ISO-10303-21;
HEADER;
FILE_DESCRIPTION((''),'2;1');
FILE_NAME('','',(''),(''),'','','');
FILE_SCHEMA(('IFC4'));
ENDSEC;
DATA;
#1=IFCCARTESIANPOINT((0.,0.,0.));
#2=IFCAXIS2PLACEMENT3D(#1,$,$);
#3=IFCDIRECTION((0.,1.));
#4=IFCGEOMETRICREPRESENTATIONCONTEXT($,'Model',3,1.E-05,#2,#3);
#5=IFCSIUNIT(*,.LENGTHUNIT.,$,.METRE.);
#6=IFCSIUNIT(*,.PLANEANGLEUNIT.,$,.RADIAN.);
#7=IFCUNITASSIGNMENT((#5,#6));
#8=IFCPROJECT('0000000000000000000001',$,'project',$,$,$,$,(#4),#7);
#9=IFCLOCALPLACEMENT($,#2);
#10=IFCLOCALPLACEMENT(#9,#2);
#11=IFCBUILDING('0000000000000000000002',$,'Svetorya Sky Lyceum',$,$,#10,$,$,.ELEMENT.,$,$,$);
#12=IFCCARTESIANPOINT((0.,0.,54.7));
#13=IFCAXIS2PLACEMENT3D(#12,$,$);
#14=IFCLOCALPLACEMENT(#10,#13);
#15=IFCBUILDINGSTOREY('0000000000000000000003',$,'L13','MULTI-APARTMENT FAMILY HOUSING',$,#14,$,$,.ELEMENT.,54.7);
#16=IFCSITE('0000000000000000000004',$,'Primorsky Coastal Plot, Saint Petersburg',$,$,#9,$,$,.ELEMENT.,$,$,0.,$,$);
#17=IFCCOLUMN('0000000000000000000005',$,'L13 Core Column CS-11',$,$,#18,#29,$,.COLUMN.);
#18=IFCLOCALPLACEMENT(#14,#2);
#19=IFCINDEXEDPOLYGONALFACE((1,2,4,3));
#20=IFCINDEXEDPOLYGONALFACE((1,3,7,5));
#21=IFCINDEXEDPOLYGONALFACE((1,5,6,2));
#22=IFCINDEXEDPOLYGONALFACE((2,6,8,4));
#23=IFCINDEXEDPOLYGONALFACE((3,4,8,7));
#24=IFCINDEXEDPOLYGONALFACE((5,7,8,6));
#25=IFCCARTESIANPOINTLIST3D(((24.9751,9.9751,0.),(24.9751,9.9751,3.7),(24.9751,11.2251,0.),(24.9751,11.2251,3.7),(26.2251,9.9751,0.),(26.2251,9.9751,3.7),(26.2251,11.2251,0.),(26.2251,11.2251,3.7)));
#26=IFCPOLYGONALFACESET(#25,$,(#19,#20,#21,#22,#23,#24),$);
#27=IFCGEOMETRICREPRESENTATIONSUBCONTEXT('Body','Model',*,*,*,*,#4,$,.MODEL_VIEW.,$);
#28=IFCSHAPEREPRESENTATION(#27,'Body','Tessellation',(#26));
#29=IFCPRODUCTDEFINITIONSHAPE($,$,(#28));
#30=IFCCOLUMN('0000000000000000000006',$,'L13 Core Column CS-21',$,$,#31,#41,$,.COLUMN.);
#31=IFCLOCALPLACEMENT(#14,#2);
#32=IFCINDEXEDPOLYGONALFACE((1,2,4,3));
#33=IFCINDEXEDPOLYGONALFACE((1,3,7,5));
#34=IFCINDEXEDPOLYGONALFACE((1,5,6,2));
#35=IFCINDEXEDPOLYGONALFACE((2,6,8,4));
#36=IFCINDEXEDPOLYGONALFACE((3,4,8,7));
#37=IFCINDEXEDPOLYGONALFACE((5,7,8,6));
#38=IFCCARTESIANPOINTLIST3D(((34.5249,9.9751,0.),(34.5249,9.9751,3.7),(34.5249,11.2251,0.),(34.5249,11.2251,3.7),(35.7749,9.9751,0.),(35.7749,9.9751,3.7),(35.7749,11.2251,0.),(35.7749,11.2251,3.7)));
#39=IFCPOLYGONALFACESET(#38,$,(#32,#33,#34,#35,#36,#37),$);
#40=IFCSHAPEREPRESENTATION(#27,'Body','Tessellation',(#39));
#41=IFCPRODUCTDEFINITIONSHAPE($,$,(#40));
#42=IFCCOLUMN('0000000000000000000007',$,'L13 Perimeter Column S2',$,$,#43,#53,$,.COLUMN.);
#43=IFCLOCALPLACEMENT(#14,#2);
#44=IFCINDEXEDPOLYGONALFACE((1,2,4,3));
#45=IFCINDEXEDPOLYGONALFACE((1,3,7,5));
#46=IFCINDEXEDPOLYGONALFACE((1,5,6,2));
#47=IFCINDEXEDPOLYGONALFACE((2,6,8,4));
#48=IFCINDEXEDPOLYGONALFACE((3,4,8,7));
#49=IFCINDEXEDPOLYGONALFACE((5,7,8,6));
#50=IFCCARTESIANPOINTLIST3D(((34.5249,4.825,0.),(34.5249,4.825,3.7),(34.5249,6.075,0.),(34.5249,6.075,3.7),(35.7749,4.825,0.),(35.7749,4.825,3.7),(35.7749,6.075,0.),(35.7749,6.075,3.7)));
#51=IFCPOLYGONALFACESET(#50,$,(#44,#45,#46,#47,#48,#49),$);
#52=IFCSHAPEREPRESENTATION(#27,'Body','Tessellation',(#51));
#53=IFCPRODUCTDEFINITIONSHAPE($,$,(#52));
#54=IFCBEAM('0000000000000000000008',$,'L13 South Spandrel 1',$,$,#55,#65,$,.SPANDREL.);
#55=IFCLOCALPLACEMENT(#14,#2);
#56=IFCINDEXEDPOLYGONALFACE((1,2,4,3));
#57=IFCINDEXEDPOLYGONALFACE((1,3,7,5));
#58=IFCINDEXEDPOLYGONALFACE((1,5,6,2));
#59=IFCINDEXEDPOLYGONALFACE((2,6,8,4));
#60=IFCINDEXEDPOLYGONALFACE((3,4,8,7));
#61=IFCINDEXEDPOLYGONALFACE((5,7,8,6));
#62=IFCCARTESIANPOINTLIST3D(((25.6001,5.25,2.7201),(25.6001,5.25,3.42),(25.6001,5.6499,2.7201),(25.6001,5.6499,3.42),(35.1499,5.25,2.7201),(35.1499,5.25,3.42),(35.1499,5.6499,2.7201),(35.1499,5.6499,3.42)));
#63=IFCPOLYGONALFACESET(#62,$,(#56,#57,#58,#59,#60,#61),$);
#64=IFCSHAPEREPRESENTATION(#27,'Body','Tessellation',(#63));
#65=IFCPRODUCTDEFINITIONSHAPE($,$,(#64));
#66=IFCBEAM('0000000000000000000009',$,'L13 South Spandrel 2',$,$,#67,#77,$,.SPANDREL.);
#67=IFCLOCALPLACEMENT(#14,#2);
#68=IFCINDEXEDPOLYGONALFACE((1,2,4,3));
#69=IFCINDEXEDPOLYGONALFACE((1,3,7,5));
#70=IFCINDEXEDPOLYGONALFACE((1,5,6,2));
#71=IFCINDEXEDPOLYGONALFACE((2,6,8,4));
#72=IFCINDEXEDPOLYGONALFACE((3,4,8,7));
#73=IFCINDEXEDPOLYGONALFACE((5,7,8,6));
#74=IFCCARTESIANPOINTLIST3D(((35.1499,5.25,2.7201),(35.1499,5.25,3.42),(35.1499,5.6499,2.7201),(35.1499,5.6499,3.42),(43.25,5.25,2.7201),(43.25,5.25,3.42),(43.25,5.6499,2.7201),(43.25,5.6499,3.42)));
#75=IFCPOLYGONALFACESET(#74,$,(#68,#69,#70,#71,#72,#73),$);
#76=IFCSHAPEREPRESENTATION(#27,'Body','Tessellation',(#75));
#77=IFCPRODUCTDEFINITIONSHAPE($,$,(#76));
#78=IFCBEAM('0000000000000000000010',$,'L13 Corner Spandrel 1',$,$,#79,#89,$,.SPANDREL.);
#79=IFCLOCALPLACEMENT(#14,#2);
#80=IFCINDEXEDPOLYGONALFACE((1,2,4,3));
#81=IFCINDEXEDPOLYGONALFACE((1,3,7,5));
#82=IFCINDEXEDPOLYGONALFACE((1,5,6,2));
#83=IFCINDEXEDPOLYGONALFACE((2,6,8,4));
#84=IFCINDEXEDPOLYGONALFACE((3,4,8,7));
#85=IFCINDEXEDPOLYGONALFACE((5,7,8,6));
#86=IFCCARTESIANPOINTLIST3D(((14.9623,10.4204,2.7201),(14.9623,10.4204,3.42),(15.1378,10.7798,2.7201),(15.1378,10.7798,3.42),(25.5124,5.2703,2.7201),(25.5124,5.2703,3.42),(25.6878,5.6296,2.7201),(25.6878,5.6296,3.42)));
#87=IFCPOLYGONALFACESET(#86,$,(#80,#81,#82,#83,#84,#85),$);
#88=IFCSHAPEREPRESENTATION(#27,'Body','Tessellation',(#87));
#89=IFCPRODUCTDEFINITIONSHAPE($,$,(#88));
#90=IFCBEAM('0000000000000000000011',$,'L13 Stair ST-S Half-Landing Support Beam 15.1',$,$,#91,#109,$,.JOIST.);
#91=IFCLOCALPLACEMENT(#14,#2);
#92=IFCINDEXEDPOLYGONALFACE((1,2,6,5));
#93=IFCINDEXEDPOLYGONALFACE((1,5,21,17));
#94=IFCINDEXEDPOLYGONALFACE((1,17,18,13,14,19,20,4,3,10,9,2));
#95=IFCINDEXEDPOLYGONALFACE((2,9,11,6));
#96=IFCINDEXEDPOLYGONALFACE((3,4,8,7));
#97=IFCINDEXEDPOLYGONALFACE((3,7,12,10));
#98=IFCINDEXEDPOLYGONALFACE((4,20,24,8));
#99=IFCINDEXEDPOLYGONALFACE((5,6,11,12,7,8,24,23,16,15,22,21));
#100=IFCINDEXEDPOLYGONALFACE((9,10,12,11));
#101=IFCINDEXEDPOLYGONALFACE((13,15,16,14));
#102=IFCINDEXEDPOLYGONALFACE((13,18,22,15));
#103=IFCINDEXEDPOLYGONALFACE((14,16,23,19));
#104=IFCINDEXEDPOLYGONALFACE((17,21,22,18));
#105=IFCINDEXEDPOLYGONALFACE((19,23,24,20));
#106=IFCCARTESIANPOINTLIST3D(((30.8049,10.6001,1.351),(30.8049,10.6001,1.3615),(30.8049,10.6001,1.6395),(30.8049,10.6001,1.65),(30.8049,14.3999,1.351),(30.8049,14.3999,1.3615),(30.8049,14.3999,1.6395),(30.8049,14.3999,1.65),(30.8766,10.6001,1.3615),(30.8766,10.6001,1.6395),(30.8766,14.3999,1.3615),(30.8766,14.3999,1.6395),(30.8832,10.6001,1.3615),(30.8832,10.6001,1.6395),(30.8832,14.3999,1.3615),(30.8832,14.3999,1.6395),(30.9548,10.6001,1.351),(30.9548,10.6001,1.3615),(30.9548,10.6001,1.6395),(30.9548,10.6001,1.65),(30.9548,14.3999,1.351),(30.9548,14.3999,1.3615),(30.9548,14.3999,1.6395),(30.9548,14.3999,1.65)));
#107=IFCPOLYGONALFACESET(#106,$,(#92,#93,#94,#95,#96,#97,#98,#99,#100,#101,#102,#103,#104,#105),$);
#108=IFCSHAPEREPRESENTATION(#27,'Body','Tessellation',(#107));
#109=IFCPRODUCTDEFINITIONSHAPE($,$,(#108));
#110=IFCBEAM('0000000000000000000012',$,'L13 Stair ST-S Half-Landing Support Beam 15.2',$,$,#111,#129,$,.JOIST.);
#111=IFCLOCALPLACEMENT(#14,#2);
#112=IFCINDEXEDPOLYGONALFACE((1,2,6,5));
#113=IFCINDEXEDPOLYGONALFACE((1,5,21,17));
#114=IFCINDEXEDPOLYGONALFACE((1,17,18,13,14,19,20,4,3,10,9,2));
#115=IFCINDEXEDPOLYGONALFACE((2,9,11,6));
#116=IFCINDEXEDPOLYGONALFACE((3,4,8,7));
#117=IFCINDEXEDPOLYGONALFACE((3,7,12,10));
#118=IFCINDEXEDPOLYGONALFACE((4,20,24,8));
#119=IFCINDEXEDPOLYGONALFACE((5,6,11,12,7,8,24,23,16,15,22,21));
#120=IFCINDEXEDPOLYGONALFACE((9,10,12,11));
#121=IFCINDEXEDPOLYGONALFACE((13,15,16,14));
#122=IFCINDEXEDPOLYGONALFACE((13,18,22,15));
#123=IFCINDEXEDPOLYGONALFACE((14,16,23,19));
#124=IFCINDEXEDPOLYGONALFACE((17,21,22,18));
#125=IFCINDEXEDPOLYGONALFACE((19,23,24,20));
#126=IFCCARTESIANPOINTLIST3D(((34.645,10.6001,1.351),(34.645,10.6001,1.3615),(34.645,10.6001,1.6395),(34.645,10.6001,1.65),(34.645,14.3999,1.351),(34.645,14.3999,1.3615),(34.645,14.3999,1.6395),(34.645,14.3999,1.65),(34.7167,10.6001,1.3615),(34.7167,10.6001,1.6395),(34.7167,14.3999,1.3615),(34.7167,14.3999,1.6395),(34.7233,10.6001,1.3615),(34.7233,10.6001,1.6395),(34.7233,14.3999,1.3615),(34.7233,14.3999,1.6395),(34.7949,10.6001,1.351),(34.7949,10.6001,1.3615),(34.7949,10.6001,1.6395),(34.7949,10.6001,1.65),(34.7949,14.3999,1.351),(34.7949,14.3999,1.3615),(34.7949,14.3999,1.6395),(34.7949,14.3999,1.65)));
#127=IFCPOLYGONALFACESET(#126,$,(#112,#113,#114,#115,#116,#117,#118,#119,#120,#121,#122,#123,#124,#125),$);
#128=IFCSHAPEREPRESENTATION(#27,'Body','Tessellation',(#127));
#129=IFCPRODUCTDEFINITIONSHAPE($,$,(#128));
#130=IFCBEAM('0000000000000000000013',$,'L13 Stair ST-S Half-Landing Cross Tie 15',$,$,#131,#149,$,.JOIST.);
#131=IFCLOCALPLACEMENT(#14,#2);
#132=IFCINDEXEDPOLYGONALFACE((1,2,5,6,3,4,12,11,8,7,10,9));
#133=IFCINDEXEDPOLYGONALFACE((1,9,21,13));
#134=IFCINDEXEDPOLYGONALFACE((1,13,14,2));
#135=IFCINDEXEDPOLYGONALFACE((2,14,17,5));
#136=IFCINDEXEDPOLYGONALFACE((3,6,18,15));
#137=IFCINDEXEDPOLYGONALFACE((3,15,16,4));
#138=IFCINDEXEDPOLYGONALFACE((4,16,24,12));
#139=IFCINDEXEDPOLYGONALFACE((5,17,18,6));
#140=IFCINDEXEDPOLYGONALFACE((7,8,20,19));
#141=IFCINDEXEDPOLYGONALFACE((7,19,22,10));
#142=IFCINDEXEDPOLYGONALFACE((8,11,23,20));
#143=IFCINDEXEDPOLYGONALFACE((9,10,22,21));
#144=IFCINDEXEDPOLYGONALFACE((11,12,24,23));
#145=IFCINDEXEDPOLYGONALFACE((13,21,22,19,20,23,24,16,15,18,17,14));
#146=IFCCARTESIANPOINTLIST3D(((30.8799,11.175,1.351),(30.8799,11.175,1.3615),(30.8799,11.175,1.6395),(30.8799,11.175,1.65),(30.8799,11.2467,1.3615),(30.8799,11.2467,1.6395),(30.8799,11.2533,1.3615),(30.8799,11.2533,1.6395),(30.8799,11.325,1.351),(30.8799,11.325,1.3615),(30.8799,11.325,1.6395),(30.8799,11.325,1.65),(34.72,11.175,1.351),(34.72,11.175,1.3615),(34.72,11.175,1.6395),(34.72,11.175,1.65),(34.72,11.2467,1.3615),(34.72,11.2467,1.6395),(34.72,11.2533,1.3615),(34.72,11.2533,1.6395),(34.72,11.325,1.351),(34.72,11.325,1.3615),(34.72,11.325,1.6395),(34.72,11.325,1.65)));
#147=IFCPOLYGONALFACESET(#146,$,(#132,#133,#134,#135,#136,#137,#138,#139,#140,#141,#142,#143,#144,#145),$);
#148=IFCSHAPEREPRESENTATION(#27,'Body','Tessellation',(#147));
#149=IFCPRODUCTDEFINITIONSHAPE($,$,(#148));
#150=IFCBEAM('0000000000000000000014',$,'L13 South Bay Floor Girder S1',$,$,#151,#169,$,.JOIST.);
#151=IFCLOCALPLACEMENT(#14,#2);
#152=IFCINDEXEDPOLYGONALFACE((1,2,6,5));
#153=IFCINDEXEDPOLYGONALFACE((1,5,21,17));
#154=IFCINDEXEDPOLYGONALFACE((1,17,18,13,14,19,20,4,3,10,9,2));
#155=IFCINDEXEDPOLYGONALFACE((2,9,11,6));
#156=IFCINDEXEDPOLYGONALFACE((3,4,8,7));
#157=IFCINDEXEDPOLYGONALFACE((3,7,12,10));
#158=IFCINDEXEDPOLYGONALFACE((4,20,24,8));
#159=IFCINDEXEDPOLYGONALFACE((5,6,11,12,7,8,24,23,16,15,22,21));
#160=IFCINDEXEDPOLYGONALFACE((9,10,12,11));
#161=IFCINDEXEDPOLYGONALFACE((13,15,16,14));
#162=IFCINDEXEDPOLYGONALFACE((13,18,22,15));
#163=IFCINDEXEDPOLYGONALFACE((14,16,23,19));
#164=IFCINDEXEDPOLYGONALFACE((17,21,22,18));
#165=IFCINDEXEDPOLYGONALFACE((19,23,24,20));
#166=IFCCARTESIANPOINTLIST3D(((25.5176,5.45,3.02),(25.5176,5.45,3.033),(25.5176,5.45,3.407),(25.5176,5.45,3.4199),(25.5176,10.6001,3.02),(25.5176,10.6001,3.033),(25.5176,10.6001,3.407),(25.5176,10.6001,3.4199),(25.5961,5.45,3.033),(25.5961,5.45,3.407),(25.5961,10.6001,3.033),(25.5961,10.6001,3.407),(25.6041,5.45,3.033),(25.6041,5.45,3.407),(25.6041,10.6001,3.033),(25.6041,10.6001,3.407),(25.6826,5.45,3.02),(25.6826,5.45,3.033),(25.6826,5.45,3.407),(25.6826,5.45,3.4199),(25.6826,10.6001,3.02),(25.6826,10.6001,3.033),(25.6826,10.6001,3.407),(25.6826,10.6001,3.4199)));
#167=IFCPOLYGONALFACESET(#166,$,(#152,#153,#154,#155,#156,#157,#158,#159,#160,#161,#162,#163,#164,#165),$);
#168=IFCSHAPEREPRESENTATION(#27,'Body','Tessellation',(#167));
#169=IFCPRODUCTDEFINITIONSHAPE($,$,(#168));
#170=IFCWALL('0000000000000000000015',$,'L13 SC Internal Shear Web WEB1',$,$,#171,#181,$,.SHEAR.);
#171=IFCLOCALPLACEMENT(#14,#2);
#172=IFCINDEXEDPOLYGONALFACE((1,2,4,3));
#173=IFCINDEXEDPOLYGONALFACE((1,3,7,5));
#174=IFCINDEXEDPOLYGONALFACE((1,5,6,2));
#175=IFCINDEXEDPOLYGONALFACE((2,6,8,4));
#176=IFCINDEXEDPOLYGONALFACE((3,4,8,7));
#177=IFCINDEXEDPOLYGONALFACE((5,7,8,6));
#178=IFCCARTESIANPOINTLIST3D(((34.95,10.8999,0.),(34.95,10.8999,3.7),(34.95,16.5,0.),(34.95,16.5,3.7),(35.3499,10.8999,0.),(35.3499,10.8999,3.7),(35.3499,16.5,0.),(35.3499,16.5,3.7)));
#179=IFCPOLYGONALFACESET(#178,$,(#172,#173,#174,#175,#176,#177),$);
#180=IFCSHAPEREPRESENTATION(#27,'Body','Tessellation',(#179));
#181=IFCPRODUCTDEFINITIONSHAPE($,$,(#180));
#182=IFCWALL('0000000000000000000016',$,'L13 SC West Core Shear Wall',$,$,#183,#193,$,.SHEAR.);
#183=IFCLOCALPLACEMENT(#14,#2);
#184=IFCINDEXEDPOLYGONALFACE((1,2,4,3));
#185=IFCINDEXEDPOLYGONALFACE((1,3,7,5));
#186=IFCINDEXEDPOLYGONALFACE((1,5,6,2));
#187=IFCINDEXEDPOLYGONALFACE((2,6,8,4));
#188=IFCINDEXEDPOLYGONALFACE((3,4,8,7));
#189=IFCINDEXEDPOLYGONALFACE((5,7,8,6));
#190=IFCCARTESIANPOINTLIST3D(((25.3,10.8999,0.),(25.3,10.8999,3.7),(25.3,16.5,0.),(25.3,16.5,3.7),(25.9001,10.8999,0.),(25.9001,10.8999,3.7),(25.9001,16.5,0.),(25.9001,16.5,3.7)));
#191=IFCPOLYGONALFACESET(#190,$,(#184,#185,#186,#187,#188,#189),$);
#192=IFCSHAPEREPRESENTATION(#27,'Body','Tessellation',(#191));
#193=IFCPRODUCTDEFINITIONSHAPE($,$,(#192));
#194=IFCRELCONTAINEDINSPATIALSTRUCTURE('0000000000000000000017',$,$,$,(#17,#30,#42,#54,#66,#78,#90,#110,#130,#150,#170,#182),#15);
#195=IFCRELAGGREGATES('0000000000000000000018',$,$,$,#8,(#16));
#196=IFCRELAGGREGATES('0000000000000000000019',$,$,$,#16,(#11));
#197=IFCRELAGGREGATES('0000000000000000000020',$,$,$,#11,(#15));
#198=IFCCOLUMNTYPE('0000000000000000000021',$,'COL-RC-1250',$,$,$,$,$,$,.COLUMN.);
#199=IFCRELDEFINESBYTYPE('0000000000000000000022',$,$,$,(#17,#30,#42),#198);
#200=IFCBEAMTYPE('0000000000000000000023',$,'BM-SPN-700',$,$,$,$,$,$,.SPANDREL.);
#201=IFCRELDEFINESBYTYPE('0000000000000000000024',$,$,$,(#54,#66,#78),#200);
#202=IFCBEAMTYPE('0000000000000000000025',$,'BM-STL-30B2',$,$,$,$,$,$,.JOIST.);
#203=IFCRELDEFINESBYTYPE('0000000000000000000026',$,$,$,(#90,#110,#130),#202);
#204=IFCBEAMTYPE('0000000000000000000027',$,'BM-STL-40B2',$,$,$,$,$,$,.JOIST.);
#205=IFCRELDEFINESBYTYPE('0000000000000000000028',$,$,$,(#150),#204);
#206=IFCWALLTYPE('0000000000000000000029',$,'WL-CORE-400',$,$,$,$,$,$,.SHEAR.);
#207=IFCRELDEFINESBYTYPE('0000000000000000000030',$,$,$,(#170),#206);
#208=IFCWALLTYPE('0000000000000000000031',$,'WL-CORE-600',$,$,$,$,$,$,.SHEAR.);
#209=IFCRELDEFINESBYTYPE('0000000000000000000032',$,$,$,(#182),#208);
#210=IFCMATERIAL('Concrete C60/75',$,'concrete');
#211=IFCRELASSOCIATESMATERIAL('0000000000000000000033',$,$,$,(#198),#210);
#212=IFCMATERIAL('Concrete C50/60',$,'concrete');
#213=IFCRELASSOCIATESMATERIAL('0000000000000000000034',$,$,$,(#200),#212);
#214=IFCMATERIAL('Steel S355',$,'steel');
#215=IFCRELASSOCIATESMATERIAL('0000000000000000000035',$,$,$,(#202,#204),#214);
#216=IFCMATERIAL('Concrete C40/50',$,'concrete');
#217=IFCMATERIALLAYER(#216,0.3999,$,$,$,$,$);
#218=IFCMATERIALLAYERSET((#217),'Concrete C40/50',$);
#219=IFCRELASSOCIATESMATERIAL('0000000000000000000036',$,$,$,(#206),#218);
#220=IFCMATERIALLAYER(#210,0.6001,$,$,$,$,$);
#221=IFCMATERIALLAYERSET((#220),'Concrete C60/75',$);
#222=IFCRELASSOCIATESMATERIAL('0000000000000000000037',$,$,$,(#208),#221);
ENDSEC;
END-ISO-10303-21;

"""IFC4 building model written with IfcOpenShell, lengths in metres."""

from ifc_helpers import new_model, si_unit, direction, frame, frame_2d, origin, origin_2d, place, context, subcontext, project, spatial, rectangle, i_section, extrude, material, layer, layer_set, material_profile, profile_set, type_object, element, save


model = new_model("IFC4")

# Units and contexts
model_context = context("Model", 3, precision=1e-05, world=origin(), true_north=direction((0.0, 1.0)))
body_context = subcontext(model_context, "Body", "Model", "MODEL_VIEW")
ifc_project = project(units=[si_unit("LENGTHUNIT", "METRE"), si_unit("PLANEANGLEUNIT", "RADIAN")], contexts=[model_context])

# Site, building, storey
site_placement = place(None, origin())
site = spatial("IfcSite", under=ifc_project, at=site_placement, Name="Primorsky Coastal Plot, Saint Petersburg", CompositionType="ELEMENT", RefElevation=0.0)
building_placement = place(site_placement, origin())
building = spatial("IfcBuilding", under=site, at=building_placement, Name="Svetorya Sky Lyceum", CompositionType="ELEMENT")
storey_placement = place(building_placement, frame((0.0, 0.0, 54.7)))
storey = spatial("IfcBuildingStorey", under=building, at=storey_placement, Name="L13", Description="MULTI-APARTMENT FAMILY HOUSING", CompositionType="ELEMENT", Elevation=54.7)

# Columns
ifc_material_1 = material(Name="Concrete C60/75", Category="concrete")
ifc_material_profile_1 = material_profile(ifc_material_1, rectangle(XDim=1.25, YDim=1.25, at=origin_2d()), Name="RC COL 1250x1250")
ifc_profile_set_1 = profile_set([ifc_material_profile_1], Name="Concrete C60/75")
column_type = type_object("IfcColumnType", Name="COL-RC-1250", PredefinedType="COLUMN", material=ifc_profile_set_1)
for number, where, z_axis, x_axis, name in (
    (1, (25.6001, 10.6001, 0.0), (0.0, 0.0, 1.0), (1.0, 0.0, 0.0), "L13 Core Column CS-11"),
    (2, (35.1499, 10.6001, 0.0), (0.0, 0.0, 1.0), (1.0, 0.0, 0.0), "L13 Core Column CS-21"),
    (3, (35.1499, 5.45, 0.0), (0.0, 0.0, 1.0), (1.0, 0.0, 0.0), "L13 Perimeter Column S2"),
):
    element("IfcColumn", number, at=place(storey_placement, frame(where, z_axis=z_axis, x_axis=x_axis)), inside=storey, type_object=column_type, Name=name, PredefinedType="COLUMN", context=body_context, shape_type="SweptSolid", body=[
        extrude(rectangle(XDim=1.25, YDim=1.25, at=origin_2d()), origin(), (0.0, 0.0, 1.0), 3.7),
    ])

# Beams
ifc_material_2 = material(Name="Concrete C50/60", Category="concrete")
ifc_material_profile_2 = material_profile(ifc_material_2, rectangle(XDim=0.3999, YDim=0.7, at=origin_2d()), Name="RC SPANDREL 400x700")
ifc_profile_set_2 = profile_set([ifc_material_profile_2], Name="Concrete C50/60")
beam_type_1 = type_object("IfcBeamType", Name="BM-SPN-700", PredefinedType="SPANDREL", material=ifc_profile_set_2)
beam_1_placement = place(storey_placement, frame((25.6001, 5.45, 3.0701), z_axis=(1.0, 0.0, 0.0), x_axis=(0.0, 1.0, 0.0)))
element("IfcBeam", 4, at=beam_1_placement, inside=storey, type_object=beam_type_1, Name="L13 South Spandrel 1", PredefinedType="SPANDREL", context=body_context, shape_type="SweptSolid", body=[
    extrude(rectangle(XDim=0.3999, YDim=0.7, at=origin_2d()), origin(), (0.0, 0.0, 1.0), 9.5498),
])
beam_2_placement = place(storey_placement, frame((35.1499, 5.45, 3.0701), z_axis=(1.0, 0.0, 0.0), x_axis=(0.0, 1.0, 0.0)))
element("IfcBeam", 5, at=beam_2_placement, inside=storey, type_object=beam_type_1, Name="L13 South Spandrel 2", PredefinedType="SPANDREL", context=body_context, shape_type="SweptSolid", body=[
    extrude(rectangle(XDim=0.3999, YDim=0.7, at=origin_2d()), origin(), (0.0, 0.0, 1.0), 8.1001),
])
beam_3_placement = place(storey_placement, frame((25.6001, 5.45, 3.0701), z_axis=(-0.898641, 0.438684, 0.0), x_axis=(-0.438684, -0.898641, 0.0)))
element("IfcBeam", 6, at=beam_3_placement, inside=storey, type_object=beam_type_1, Name="L13 Corner Spandrel 1", PredefinedType="SPANDREL", context=body_context, shape_type="SweptSolid", body=[
    extrude(rectangle(XDim=0.3999, YDim=0.7, at=origin_2d()), origin(), (0.0, 0.0, 1.0), 11.74),
])
ifc_material_3 = material(Name="Steel S355", Category="steel")
ifc_material_profile_3 = material_profile(ifc_material_3, i_section(OverallWidth=0.1499, OverallDepth=0.2991, WebThickness=0.0066, FlangeThickness=0.0105, at=origin_2d()), Name="GOST 30B2")
ifc_profile_set_3 = profile_set([ifc_material_profile_3], Name="Steel S355")
beam_type_2 = type_object("IfcBeamType", Name="BM-STL-30B2", PredefinedType="JOIST", material=ifc_profile_set_3)
for number, where, z_axis, x_axis, name in (
    (7, (30.8799, 10.6001, 1.5005), (0.0, 1.0, 0.0), (-1.0, 0.0, 0.0), "L13 Stair ST-S Half-Landing Support Beam 15.1"),
    (8, (34.72, 10.6001, 1.5005), (0.0, 1.0, 0.0), (-1.0, 0.0, 0.0), "L13 Stair ST-S Half-Landing Support Beam 15.2"),
):
    element("IfcBeam", number, at=place(storey_placement, frame(where, z_axis=z_axis, x_axis=x_axis)), inside=storey, type_object=beam_type_2, Name=name, PredefinedType="JOIST", context=body_context, shape_type="SweptSolid", body=[
        extrude(i_section(OverallWidth=0.1499, OverallDepth=0.2991, WebThickness=0.0066, FlangeThickness=0.0105, at=origin_2d()), origin(), (0.0, 0.0, 1.0), 3.7998),
    ])
beam_4_placement = place(storey_placement, frame((30.8799, 11.25, 1.5005), z_axis=(1.0, 0.0, 0.0), x_axis=(0.0, 1.0, 0.0)))
element("IfcBeam", 9, at=beam_4_placement, inside=storey, type_object=beam_type_2, Name="L13 Stair ST-S Half-Landing Cross Tie 15", PredefinedType="JOIST", context=body_context, shape_type="SweptSolid", body=[
    extrude(i_section(OverallWidth=0.1499, OverallDepth=0.2991, WebThickness=0.0066, FlangeThickness=0.0105, at=origin_2d()), origin(), (0.0, 0.0, 1.0), 3.8401),
])
ifc_material_profile_4 = material_profile(ifc_material_3, i_section(OverallWidth=0.165, OverallDepth=0.3999, WebThickness=0.0081, FlangeThickness=0.0129, at=origin_2d()), Name="GOST 40B2")
ifc_profile_set_4 = profile_set([ifc_material_profile_4], Name="Steel S355")
beam_type_3 = type_object("IfcBeamType", Name="BM-STL-40B2", PredefinedType="JOIST", material=ifc_profile_set_4)
beam_5_placement = place(storey_placement, frame((25.6001, 5.45, 3.22), z_axis=(0.0, 1.0, 0.0), x_axis=(-1.0, 0.0, 0.0)))
element("IfcBeam", 10, at=beam_5_placement, inside=storey, type_object=beam_type_3, Name="L13 South Bay Floor Girder S1", PredefinedType="JOIST", context=body_context, shape_type="SweptSolid", body=[
    extrude(i_section(OverallWidth=0.165, OverallDepth=0.3999, WebThickness=0.0081, FlangeThickness=0.0129, at=origin_2d()), origin(), (0.0, 0.0, 1.0), 5.1501),
])

# Walls
ifc_material_4 = material(Name="Concrete C40/50", Category="concrete")
ifc_layer_1 = layer(ifc_material_4, 0.3999)
ifc_layer_set_1 = layer_set([ifc_layer_1], Name="Concrete C40/50")
wall_type_1 = type_object("IfcWallType", Name="WL-CORE-400", PredefinedType="SHEAR", material=ifc_layer_set_1)
wall_1_placement = place(storey_placement, frame((35.1499, 10.8999, 0.0), z_axis=(0.0, 0.0, 1.0), x_axis=(0.0, 1.0, 0.0)))
element("IfcWall", 11, at=wall_1_placement, inside=storey, type_object=wall_type_1, Name="L13 SC Internal Shear Web WEB1", PredefinedType="SHEAR", context=body_context, shape_type="SweptSolid", body=[
    extrude(rectangle(XDim=5.6001, YDim=0.3999, at=frame_2d((2.8, 0.0))), origin(), (0.0, 0.0, 1.0), 3.7),
])
ifc_layer_2 = layer(ifc_material_1, 0.6001)
ifc_layer_set_2 = layer_set([ifc_layer_2], Name="Concrete C60/75")
wall_type_2 = type_object("IfcWallType", Name="WL-CORE-600", PredefinedType="SHEAR", material=ifc_layer_set_2)
wall_2_placement = place(storey_placement, frame((25.6001, 10.8999, 0.0), z_axis=(0.0, 0.0, 1.0), x_axis=(0.0, 1.0, 0.0)))
element("IfcWall", 12, at=wall_2_placement, inside=storey, type_object=wall_type_2, Name="L13 SC West Core Shear Wall", PredefinedType="SHEAR", context=body_context, shape_type="SweptSolid", body=[
    extrude(rectangle(XDim=5.6001, YDim=0.6001, at=frame_2d((2.8, 0.0))), origin(), (0.0, 0.0, 1.0), 3.7),
])

save(model, "model.ifc")
